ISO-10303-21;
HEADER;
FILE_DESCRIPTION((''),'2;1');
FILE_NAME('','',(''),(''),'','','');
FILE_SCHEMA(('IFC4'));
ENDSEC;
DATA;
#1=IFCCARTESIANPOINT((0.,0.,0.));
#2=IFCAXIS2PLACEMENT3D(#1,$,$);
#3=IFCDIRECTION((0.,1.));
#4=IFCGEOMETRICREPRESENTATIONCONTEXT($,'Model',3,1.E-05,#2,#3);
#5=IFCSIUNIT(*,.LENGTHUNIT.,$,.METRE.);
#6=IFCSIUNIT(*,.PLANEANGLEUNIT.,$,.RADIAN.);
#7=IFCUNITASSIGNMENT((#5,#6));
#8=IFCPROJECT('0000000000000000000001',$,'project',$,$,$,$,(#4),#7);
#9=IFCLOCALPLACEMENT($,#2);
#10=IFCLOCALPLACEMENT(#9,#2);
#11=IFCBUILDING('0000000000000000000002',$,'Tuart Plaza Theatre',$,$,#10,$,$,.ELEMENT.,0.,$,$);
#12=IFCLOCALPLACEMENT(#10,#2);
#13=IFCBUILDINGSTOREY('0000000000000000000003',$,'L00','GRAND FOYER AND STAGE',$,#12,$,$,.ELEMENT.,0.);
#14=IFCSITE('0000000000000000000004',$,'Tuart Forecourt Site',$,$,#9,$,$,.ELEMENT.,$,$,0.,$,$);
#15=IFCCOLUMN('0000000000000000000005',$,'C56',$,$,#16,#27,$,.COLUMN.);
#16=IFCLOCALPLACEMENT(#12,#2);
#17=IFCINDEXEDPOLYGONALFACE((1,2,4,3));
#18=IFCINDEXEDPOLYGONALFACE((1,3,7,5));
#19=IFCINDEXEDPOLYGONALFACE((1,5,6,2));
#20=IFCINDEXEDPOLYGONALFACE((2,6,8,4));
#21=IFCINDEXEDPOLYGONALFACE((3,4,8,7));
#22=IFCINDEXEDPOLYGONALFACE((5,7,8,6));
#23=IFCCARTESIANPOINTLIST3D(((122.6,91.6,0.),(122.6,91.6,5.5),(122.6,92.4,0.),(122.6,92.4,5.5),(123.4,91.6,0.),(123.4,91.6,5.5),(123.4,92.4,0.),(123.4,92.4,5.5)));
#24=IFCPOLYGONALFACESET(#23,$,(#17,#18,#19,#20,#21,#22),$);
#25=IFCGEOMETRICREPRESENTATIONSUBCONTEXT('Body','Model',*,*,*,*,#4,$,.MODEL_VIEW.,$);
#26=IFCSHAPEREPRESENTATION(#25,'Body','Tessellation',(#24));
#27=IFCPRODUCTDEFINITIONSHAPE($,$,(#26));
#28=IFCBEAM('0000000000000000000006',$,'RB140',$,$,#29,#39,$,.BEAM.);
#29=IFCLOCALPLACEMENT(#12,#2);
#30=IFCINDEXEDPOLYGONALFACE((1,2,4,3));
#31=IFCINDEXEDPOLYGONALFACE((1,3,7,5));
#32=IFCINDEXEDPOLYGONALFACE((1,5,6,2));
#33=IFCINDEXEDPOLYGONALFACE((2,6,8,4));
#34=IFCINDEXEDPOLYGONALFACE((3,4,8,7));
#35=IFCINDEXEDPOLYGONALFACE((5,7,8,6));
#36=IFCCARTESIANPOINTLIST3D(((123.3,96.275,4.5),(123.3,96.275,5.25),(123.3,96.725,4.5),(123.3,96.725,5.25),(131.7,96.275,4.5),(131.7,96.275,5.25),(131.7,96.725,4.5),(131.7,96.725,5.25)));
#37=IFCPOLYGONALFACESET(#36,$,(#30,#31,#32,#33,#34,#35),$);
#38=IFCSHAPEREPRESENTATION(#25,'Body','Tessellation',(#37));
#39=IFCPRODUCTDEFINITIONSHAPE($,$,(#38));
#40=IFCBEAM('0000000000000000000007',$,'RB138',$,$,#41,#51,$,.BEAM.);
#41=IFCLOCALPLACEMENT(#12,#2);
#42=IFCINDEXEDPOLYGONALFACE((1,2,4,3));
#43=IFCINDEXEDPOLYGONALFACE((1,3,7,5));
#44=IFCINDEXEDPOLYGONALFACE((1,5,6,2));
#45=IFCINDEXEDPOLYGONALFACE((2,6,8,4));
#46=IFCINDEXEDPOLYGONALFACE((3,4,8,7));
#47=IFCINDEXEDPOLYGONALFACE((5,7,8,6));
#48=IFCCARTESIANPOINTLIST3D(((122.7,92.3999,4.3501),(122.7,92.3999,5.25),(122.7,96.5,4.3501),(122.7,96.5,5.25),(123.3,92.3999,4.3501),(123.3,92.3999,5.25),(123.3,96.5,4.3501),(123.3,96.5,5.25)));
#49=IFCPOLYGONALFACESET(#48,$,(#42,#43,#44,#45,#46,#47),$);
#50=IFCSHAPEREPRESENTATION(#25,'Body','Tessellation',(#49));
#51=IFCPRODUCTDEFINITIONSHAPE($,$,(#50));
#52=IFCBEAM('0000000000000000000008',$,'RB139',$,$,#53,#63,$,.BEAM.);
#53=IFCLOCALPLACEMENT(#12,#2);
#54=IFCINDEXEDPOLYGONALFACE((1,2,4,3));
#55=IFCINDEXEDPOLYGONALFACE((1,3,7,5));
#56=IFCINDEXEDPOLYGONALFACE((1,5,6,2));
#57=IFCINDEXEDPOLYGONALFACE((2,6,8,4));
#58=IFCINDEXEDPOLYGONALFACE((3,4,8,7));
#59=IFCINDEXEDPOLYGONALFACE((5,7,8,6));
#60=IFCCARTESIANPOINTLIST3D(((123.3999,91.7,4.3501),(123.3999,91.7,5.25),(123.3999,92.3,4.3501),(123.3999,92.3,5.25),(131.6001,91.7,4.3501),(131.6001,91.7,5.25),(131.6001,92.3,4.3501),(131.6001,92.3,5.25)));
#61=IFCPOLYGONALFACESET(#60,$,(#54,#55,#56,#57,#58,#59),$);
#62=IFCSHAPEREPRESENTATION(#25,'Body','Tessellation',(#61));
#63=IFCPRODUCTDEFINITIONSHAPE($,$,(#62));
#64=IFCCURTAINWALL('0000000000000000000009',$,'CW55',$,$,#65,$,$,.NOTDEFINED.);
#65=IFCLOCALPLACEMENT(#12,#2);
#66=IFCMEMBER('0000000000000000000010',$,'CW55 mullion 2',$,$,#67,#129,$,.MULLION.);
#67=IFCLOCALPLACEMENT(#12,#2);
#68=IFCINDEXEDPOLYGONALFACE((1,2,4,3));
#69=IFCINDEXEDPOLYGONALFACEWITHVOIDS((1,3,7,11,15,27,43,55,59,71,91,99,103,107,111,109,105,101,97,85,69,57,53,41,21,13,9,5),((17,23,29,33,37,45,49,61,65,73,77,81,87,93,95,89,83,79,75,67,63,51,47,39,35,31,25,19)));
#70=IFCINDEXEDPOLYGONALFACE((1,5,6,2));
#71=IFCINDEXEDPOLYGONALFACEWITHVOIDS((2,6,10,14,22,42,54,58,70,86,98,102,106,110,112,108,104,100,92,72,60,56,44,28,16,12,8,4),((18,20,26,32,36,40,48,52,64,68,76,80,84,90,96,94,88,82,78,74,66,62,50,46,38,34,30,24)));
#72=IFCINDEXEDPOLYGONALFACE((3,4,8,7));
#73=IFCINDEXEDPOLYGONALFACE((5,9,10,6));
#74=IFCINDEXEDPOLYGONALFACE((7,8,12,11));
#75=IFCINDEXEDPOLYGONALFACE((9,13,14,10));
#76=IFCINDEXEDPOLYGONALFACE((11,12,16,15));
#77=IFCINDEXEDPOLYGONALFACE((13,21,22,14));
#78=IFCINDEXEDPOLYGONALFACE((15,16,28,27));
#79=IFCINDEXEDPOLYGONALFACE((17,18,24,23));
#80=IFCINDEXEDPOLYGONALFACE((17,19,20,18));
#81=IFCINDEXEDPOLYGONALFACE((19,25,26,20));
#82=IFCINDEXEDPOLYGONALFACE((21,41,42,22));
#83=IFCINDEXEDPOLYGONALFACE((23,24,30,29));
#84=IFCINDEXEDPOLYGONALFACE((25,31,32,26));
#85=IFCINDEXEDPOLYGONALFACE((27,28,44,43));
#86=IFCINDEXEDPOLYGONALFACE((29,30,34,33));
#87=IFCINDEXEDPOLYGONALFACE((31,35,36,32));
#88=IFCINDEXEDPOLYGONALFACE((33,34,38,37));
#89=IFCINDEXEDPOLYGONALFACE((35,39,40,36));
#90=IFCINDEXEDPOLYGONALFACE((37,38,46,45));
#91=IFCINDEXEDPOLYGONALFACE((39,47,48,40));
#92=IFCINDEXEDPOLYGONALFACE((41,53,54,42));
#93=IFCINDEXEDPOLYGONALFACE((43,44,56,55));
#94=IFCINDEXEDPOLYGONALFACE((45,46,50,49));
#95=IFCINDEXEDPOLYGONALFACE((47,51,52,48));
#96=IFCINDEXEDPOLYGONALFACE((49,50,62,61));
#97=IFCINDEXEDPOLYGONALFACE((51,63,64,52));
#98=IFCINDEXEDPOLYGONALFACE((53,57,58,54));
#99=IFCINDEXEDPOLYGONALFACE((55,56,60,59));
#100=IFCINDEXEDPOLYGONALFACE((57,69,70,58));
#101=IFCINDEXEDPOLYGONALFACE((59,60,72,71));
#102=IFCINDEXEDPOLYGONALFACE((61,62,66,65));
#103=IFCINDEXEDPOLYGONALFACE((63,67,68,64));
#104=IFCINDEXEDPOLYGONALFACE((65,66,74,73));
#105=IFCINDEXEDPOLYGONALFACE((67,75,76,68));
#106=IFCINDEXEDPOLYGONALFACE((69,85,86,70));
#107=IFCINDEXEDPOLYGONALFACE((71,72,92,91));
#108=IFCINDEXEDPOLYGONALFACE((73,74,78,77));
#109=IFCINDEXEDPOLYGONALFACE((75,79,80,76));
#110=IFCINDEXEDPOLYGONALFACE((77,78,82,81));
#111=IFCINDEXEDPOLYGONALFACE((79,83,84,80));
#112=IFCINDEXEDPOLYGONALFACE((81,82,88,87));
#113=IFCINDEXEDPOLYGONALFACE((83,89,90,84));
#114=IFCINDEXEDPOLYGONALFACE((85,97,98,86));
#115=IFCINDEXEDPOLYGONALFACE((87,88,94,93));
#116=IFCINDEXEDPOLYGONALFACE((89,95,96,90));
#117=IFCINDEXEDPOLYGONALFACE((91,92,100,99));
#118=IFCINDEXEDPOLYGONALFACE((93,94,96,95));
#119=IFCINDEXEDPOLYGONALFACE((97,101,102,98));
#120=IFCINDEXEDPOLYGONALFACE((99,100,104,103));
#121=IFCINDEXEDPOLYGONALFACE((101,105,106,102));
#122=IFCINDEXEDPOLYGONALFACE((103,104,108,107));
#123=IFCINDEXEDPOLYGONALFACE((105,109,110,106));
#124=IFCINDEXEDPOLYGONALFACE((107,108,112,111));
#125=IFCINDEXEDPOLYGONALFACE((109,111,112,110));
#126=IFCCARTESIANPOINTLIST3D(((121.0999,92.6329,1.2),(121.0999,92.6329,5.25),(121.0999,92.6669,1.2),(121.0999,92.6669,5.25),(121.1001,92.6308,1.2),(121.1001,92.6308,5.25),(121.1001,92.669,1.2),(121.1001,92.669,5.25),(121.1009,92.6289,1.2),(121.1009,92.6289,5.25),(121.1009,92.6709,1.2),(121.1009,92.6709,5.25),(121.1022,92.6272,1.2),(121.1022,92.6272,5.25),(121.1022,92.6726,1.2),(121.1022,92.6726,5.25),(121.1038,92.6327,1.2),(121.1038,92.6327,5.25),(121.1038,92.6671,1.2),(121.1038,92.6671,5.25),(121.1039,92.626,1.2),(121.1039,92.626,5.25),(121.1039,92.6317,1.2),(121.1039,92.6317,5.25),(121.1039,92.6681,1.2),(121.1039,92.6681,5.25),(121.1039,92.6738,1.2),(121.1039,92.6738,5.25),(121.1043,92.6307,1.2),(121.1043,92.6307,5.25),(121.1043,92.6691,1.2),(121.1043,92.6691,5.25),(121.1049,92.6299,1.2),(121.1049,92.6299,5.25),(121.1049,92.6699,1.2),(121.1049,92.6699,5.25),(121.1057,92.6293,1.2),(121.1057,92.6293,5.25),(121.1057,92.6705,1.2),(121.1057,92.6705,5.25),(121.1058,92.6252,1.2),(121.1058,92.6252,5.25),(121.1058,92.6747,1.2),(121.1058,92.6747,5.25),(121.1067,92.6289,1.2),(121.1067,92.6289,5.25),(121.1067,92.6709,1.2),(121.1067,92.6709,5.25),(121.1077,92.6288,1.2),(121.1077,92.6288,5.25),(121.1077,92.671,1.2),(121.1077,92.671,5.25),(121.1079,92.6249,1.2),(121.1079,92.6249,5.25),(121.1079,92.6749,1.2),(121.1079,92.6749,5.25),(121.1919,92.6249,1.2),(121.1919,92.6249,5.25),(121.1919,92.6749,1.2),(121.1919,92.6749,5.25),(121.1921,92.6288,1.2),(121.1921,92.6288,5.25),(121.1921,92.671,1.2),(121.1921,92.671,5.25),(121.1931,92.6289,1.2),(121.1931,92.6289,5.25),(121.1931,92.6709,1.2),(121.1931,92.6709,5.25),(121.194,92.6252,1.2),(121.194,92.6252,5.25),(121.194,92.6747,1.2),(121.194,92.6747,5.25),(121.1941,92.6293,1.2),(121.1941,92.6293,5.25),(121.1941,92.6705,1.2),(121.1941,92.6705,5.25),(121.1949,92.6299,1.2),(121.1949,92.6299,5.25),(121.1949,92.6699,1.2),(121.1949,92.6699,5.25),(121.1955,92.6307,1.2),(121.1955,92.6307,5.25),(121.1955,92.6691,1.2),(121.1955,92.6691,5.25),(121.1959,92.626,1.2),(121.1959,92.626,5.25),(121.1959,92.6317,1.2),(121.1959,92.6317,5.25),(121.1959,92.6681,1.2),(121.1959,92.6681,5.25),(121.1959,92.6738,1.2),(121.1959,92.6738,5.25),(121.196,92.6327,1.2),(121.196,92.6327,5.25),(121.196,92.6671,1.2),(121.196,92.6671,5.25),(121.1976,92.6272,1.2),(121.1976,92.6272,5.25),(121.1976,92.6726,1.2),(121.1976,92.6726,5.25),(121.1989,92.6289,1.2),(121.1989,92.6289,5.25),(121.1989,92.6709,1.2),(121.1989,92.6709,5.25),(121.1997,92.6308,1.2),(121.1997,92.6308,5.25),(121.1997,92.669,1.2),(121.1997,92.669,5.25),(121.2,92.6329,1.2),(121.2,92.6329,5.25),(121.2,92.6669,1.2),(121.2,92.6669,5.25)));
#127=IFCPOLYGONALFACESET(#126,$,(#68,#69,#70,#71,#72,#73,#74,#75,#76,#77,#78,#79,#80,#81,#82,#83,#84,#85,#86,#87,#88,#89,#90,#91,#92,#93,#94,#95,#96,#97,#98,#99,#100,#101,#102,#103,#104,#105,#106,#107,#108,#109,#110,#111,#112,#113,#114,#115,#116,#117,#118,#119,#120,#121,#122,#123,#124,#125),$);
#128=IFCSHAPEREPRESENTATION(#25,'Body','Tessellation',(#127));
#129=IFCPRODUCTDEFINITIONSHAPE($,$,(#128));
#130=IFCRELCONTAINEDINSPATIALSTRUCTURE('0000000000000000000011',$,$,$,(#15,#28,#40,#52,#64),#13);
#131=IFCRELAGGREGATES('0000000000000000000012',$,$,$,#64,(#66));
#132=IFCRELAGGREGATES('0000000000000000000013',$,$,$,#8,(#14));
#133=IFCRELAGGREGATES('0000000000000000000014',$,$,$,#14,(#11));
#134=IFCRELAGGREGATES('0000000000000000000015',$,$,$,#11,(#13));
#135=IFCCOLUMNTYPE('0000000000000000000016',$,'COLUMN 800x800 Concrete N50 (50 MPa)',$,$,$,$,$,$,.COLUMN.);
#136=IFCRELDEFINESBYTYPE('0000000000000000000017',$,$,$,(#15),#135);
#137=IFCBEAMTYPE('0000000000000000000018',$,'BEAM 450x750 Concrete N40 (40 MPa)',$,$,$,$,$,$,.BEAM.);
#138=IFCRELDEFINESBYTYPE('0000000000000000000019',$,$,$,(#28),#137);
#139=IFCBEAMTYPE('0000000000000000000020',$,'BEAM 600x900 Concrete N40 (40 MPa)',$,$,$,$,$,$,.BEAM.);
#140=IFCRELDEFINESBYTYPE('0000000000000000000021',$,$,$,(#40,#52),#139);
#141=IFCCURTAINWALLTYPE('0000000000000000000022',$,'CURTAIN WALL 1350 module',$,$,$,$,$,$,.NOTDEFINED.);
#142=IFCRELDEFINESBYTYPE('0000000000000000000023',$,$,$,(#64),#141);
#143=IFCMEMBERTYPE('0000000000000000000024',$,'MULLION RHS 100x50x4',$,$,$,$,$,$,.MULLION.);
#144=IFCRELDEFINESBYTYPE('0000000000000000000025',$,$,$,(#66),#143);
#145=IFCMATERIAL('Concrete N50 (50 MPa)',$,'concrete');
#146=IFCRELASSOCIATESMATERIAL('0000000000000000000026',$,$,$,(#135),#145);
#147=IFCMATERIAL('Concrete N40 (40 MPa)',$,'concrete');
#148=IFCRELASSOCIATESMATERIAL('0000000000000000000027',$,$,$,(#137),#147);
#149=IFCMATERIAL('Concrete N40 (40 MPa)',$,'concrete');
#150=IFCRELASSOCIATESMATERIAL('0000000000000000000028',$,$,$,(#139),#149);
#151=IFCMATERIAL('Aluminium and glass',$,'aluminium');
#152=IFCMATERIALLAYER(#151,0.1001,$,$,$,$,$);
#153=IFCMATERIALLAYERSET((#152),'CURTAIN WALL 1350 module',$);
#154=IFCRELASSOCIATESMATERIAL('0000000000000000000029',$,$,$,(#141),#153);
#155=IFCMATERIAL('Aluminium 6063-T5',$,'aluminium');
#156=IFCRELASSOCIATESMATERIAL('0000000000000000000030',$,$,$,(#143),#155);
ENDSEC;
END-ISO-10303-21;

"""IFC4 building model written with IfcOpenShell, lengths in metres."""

from ifc_helpers import new_model, si_unit, direction, frame, origin, origin_2d, place, context, subcontext, project, spatial, rectangle, hollow_rectangle, extrude, material, layer, layer_set, material_profile, profile_set, type_object, element, aggregate, save


model = new_model("IFC4")

# Units and contexts
model_context = context("Model", 3, precision=1e-05, world=origin(), true_north=direction((0.0, 1.0)))
body_context = subcontext(model_context, "Body", "Model", "MODEL_VIEW")
ifc_project = project(units=[si_unit("LENGTHUNIT", "METRE"), si_unit("PLANEANGLEUNIT", "RADIAN")], contexts=[model_context])

# Site, building, storey
site_placement = place(None, origin())
site = spatial("IfcSite", under=ifc_project, at=site_placement, Name="Tuart Forecourt Site", CompositionType="ELEMENT", RefElevation=0.0)
building_placement = place(site_placement, origin())
building = spatial("IfcBuilding", under=site, at=building_placement, Name="Tuart Plaza Theatre", CompositionType="ELEMENT", ElevationOfRefHeight=0.0)
storey_placement = place(building_placement, origin())
storey = spatial("IfcBuildingStorey", under=building, at=storey_placement, Name="L00", Description="GRAND FOYER AND STAGE", CompositionType="ELEMENT", Elevation=0.0)

# Column
ifc_material_1 = material(Name="Concrete N50 (50 MPa)", Category="concrete")
ifc_material_profile_1 = material_profile(ifc_material_1, rectangle(XDim=0.8, YDim=0.8, at=origin_2d()), Name="COLUMN 800x800 Concrete N50 (50 MPa)")
ifc_profile_set_1 = profile_set([ifc_material_profile_1], Name="Concrete N50 (50 MPa)")
column_type = type_object("IfcColumnType", Name="COLUMN 800x800 Concrete N50 (50 MPa)", PredefinedType="COLUMN", material=ifc_profile_set_1)
column_placement = place(storey_placement, frame((123.0, 92.0, 0.0), z_axis=(0.0, 0.0, 1.0), x_axis=(1.0, 0.0, 0.0)))
element("IfcColumn", 1, at=column_placement, inside=storey, type_object=column_type, Name="C56", PredefinedType="COLUMN", context=body_context, shape_type="SweptSolid", body=[
    extrude(rectangle(XDim=0.8, YDim=0.8, at=origin_2d()), origin(), (0.0, 0.0, 1.0), 5.5),
])

# Beams
ifc_material_2 = material(Name="Concrete N40 (40 MPa)", Category="concrete")
ifc_material_profile_2 = material_profile(ifc_material_2, rectangle(XDim=0.45, YDim=0.75, at=origin_2d()), Name="BEAM 450x750 Concrete N40 (40 MPa)")
ifc_profile_set_2 = profile_set([ifc_material_profile_2], Name="Concrete N40 (40 MPa)")
beam_type_1 = type_object("IfcBeamType", Name="BEAM 450x750 Concrete N40 (40 MPa)", PredefinedType="BEAM", material=ifc_profile_set_2)
beam_1_placement = place(storey_placement, frame((123.3, 96.5, 4.875), z_axis=(1.0, 0.0, 0.0), x_axis=(0.0, 1.0, 0.0)))
element("IfcBeam", 2, at=beam_1_placement, inside=storey, type_object=beam_type_1, Name="RB140", PredefinedType="BEAM", context=body_context, shape_type="SweptSolid", body=[
    extrude(rectangle(XDim=0.45, YDim=0.75, at=origin_2d()), origin(), (0.0, 0.0, 1.0), 8.3999),
])
ifc_material_3 = material(Name="Concrete N40 (40 MPa)", Category="concrete")
ifc_material_profile_3 = material_profile(ifc_material_3, rectangle(XDim=0.6001, YDim=0.8999, at=origin_2d()), Name="BEAM 600x900 Concrete N40 (40 MPa)")
ifc_profile_set_3 = profile_set([ifc_material_profile_3], Name="Concrete N40 (40 MPa)")
beam_type_2 = type_object("IfcBeamType", Name="BEAM 600x900 Concrete N40 (40 MPa)", PredefinedType="BEAM", material=ifc_profile_set_3)
beam_2_placement = place(storey_placement, frame((123.0, 92.3999, 4.8), z_axis=(0.0, 1.0, 0.0), x_axis=(-1.0, 0.0, 0.0)))
element("IfcBeam", 3, at=beam_2_placement, inside=storey, type_object=beam_type_2, Name="RB138", PredefinedType="BEAM", context=body_context, shape_type="SweptSolid", body=[
    extrude(rectangle(XDim=0.6001, YDim=0.8999, at=origin_2d()), origin(), (0.0, 0.0, 1.0), 4.1001),
])
beam_3_placement = place(storey_placement, frame((123.3999, 92.0, 4.8), z_axis=(1.0, 0.0, 0.0), x_axis=(0.0, 1.0, 0.0)))
element("IfcBeam", 4, at=beam_3_placement, inside=storey, type_object=beam_type_2, Name="RB139", PredefinedType="BEAM", context=body_context, shape_type="SweptSolid", body=[
    extrude(rectangle(XDim=0.6001, YDim=0.8999, at=origin_2d()), origin(), (0.0, 0.0, 1.0), 8.2002),
])

# Curtain wall, member
ifc_material_4 = material(Name="Aluminium and glass", Category="aluminium")
ifc_layer_1 = layer(ifc_material_4, 0.1001)
ifc_layer_set_1 = layer_set([ifc_layer_1], Name="CURTAIN WALL 1350 module")
curtain_wall_type = type_object("IfcCurtainWallType", Name="CURTAIN WALL 1350 module", PredefinedType="NOTDEFINED", material=ifc_layer_set_1)
curtain_wall_placement = place(storey_placement, origin())
curtain_wall = element("IfcCurtainWall", 5, at=curtain_wall_placement, inside=storey, type_object=curtain_wall_type, Name="CW55", PredefinedType="NOTDEFINED")
ifc_material_5 = material(Name="Aluminium 6063-T5", Category="aluminium")
ifc_material_profile_4 = material_profile(ifc_material_5, hollow_rectangle(XDim=0.05, YDim=0.1001, WallThickness=0.0039, InnerFilletRadius=0.0039, OuterFilletRadius=0.0081, at=origin_2d()), Name="RHS 100x50x4")
ifc_profile_set_4 = profile_set([ifc_material_profile_4], Name="Aluminium 6063-T5")
member_type_1 = type_object("IfcMemberType", Name="MULLION RHS 100x50x4", PredefinedType="MULLION", material=ifc_profile_set_4)
member_1_placement = place(storey_placement, frame((121.1499, 92.6499, 1.2), z_axis=(0.0, 0.0, 1.0), x_axis=(0.0, -1.0, 0.0)))
member_1 = element("IfcMember", 6, at=member_1_placement, type_object=member_type_1, Name="CW55 mullion 2", PredefinedType="MULLION", context=body_context, shape_type="SweptSolid", body=[
    extrude(hollow_rectangle(XDim=0.05, YDim=0.1001, WallThickness=0.0039, InnerFilletRadius=0.0039, OuterFilletRadius=0.0081, at=origin_2d()), origin(), (0.0, 0.0, 1.0), 4.05),
])
aggregate(curtain_wall, [member_1])

save(model, "model.ifc")
